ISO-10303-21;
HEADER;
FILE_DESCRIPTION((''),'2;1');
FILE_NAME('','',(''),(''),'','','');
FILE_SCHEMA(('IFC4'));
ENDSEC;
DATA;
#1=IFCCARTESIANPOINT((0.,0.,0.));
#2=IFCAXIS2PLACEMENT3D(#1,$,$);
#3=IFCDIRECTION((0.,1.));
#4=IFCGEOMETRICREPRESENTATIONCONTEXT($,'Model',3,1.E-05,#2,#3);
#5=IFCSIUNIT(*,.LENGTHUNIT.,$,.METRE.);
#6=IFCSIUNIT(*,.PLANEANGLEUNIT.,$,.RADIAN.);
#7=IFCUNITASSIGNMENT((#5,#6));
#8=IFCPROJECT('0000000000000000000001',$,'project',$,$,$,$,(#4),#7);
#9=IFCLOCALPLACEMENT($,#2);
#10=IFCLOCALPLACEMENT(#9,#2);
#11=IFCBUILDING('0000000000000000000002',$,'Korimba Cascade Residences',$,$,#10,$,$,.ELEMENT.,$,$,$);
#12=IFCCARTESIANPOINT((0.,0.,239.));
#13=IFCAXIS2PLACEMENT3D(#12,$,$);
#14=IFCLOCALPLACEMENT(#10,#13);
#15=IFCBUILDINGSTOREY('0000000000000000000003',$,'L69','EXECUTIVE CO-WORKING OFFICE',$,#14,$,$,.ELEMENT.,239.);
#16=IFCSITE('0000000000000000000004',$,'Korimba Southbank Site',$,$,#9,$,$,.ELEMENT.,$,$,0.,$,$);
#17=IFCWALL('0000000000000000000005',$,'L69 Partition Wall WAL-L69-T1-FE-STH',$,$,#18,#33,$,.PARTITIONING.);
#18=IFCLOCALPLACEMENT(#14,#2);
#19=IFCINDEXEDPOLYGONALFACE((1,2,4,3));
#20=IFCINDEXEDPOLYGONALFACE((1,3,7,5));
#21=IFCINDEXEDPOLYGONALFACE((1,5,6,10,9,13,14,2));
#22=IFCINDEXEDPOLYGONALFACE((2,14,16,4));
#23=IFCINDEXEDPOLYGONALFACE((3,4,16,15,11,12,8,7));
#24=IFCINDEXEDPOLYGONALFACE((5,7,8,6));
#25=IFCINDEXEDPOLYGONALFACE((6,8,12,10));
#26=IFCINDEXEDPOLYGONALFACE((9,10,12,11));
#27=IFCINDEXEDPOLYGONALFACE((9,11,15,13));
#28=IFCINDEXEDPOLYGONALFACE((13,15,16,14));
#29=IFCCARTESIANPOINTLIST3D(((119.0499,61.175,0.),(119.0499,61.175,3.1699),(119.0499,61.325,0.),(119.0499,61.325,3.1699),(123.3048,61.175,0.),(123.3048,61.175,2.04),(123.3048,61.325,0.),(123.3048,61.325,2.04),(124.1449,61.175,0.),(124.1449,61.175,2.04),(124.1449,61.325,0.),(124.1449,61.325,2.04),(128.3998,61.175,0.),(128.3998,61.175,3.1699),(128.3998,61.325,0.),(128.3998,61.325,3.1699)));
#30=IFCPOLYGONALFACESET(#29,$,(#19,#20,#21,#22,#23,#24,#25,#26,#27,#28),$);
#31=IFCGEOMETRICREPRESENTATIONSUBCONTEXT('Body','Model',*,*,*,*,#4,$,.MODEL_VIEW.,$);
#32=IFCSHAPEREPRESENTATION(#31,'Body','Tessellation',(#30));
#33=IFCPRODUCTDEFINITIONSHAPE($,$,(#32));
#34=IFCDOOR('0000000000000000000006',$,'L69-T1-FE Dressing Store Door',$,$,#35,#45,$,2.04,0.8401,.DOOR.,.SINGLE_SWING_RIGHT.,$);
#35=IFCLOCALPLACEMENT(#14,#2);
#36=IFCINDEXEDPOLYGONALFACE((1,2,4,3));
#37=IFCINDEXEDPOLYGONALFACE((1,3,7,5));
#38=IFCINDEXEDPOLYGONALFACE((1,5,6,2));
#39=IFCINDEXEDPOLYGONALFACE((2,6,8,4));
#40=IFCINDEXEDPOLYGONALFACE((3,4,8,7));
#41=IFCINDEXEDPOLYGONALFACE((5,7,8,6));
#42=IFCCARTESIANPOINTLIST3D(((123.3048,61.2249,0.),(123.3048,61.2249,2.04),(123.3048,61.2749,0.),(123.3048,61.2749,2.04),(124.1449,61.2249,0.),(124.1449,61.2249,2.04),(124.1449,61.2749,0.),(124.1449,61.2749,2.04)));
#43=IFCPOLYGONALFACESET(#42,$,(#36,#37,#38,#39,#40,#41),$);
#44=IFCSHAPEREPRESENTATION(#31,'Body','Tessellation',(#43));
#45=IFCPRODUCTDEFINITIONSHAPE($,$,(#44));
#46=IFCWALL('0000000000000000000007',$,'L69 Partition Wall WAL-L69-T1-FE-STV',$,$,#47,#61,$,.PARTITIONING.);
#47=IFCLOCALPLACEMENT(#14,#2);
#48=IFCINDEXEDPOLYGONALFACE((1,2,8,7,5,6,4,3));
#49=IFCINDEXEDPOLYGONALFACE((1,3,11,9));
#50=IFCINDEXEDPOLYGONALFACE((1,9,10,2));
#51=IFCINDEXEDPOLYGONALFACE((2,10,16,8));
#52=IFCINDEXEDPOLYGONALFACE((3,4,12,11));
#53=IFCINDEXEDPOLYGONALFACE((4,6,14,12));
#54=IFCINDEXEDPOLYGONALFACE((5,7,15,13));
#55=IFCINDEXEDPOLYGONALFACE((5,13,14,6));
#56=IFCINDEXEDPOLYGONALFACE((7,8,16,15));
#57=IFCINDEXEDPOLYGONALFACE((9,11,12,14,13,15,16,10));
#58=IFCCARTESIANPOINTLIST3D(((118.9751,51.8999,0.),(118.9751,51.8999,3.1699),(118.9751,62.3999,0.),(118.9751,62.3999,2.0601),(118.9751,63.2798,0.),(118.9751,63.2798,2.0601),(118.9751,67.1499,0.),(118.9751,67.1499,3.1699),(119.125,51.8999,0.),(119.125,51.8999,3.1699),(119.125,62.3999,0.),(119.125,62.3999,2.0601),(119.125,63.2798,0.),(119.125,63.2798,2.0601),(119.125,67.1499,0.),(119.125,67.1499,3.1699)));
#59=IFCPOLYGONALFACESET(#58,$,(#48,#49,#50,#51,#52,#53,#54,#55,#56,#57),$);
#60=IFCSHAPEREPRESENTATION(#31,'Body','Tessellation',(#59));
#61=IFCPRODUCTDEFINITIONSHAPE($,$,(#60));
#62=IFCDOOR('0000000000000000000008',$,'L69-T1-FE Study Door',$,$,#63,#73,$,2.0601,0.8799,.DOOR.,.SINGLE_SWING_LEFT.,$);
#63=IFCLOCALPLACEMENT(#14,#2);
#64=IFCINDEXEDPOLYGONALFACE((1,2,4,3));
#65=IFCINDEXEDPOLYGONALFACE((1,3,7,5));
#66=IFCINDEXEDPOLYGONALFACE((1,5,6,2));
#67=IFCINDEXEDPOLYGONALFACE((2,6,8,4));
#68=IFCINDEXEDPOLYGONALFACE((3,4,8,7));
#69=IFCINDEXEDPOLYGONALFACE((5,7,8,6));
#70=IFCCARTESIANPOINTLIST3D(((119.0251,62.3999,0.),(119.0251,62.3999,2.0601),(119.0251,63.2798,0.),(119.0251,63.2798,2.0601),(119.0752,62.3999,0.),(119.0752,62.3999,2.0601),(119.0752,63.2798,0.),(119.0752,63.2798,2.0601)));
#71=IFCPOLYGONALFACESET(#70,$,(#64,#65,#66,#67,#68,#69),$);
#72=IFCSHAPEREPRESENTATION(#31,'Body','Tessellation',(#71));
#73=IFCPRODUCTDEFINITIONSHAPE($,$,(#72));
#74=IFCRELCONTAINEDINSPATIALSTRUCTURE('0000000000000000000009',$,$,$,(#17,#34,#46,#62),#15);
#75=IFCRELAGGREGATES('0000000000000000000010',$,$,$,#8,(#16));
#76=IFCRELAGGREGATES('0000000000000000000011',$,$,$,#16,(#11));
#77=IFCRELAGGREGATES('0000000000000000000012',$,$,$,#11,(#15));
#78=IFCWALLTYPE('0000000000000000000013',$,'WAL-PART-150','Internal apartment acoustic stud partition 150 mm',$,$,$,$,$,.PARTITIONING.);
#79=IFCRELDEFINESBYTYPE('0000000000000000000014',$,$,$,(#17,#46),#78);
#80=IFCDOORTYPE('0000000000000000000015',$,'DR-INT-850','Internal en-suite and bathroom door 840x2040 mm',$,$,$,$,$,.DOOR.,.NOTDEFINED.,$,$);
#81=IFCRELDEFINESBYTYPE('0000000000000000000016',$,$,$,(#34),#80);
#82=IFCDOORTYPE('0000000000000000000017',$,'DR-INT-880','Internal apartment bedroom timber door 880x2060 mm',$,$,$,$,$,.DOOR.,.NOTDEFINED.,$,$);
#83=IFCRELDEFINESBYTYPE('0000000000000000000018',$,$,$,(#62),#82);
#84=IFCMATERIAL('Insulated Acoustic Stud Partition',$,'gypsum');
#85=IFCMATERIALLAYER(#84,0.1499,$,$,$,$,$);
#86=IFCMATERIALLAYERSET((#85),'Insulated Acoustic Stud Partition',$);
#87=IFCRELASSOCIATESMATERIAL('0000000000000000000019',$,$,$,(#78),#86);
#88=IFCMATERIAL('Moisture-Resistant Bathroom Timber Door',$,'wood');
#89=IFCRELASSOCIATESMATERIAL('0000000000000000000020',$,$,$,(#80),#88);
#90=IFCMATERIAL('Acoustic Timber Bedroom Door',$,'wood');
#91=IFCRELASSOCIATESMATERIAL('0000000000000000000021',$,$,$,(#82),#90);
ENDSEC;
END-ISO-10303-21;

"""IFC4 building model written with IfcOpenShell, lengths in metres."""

from ifc_helpers import new_model, si_unit, direction, frame, frame_2d, origin, place, context, subcontext, project, spatial, rectangle, extrude, material, layer, layer_set, type_object, element, fill, save


model = new_model("IFC4")

# Units and contexts
model_context = context("Model", 3, precision=1e-05, world=origin(), true_north=direction((0.0, 1.0)))
body_context = subcontext(model_context, "Body", "Model", "MODEL_VIEW")
ifc_project = project(units=[si_unit("LENGTHUNIT", "METRE"), si_unit("PLANEANGLEUNIT", "RADIAN")], contexts=[model_context])

# Site, building, storey
site_placement = place(None, origin())
site = spatial("IfcSite", under=ifc_project, at=site_placement, Name="Korimba Southbank Site", CompositionType="ELEMENT", RefElevation=0.0)
building_placement = place(site_placement, origin())
building = spatial("IfcBuilding", under=site, at=building_placement, Name="Korimba Cascade Residences", CompositionType="ELEMENT")
storey_placement = place(building_placement, frame((0.0, 0.0, 239.0)))
storey = spatial("IfcBuildingStorey", under=building, at=storey_placement, Name="L69", Description="EXECUTIVE CO-WORKING OFFICE", CompositionType="ELEMENT", Elevation=239.0)

# Walls, openings, doors
ifc_material_1 = material(Name="Insulated Acoustic Stud Partition", Category="gypsum")
ifc_layer_1 = layer(ifc_material_1, 0.1499)
ifc_layer_set_1 = layer_set([ifc_layer_1], Name="Insulated Acoustic Stud Partition")
wall_type_1 = type_object("IfcWallType", Name="WAL-PART-150", Description="Internal apartment acoustic stud partition 150 mm", PredefinedType="PARTITIONING", material=ifc_layer_set_1)
wall_1_placement = place(storey_placement, frame((119.05, 61.25, 0.0), z_axis=(0.0, 0.0, 1.0), x_axis=(1.0, 0.0, 0.0)))
wall_1 = element("IfcWall", 1, at=wall_1_placement, inside=storey, type_object=wall_type_1, Name="L69 Partition Wall WAL-L69-T1-FE-STH", PredefinedType="PARTITIONING", context=body_context, shape_type="SweptSolid", body=[
    extrude(rectangle(XDim=9.3499, YDim=0.1499, at=frame_2d((4.6748, 0.0))), origin(), (0.0, 0.0, 1.0), 3.1699),
])
opening_1_placement = place(wall_1_placement, frame((4.2549, 0.0, 0.0)))
opening_1 = element("IfcOpeningElement", 2, at=opening_1_placement, cuts=wall_1, PredefinedType="OPENING", context=body_context, shape_type="SweptSolid", body=[
    extrude(rectangle(XDim=0.8401, YDim=2.04, at=frame_2d((0.4199, 1.02))), frame((0.0, 0.085, 0.0), z_axis=(0.0, -1.0, 0.0), x_axis=(1.0, 0.0, 0.0)), (0.0, 0.0, 1.0), 0.1699),
])
ifc_material_2 = material(Name="Moisture-Resistant Bathroom Timber Door", Category="wood")
door_type_1 = type_object("IfcDoorType", Name="DR-INT-850", Description="Internal en-suite and bathroom door 840x2040 mm", OperationType="NOTDEFINED", PredefinedType="DOOR", material=ifc_material_2)
door_1_placement = place(opening_1_placement, origin())
door_1 = element("IfcDoor", 3, at=door_1_placement, inside=storey, type_object=door_type_1, Name="L69-T1-FE Dressing Store Door", OperationType="SINGLE_SWING_RIGHT", OverallHeight=2.04, OverallWidth=0.8401, PredefinedType="DOOR", context=body_context, shape_type="SweptSolid", body=[
    extrude(rectangle(XDim=0.8401, YDim=2.04, at=frame_2d((0.4199, 1.02))), frame((0.0, 0.0249, 0.0), z_axis=(0.0, -1.0, 0.0), x_axis=(1.0, 0.0, 0.0)), (0.0, 0.0, 1.0), 0.05),
])
fill(opening_1, door_1)
wall_2_placement = place(storey_placement, frame((119.05, 51.8999, 0.0), z_axis=(0.0, 0.0, 1.0), x_axis=(0.0, 1.0, 0.0)))
wall_2 = element("IfcWall", 4, at=wall_2_placement, inside=storey, type_object=wall_type_1, Name="L69 Partition Wall WAL-L69-T1-FE-STV", PredefinedType="PARTITIONING", context=body_context, shape_type="SweptSolid", body=[
    extrude(rectangle(XDim=15.25, YDim=0.1499, at=frame_2d((7.625, 0.0))), origin(), (0.0, 0.0, 1.0), 3.1699),
])
opening_2_placement = place(wall_2_placement, frame((10.5, 0.0, 0.0)))
opening_2 = element("IfcOpeningElement", 5, at=opening_2_placement, cuts=wall_2, PredefinedType="OPENING", context=body_context, shape_type="SweptSolid", body=[
    extrude(rectangle(XDim=0.8799, YDim=2.0601, at=frame_2d((0.4399, 1.03))), frame((0.0, 0.085, 0.0), z_axis=(0.0, -1.0, 0.0), x_axis=(1.0, 0.0, 0.0)), (0.0, 0.0, 1.0), 0.1699),
])
ifc_material_3 = material(Name="Acoustic Timber Bedroom Door", Category="wood")
door_type_2 = type_object("IfcDoorType", Name="DR-INT-880", Description="Internal apartment bedroom timber door 880x2060 mm", OperationType="NOTDEFINED", PredefinedType="DOOR", material=ifc_material_3)
door_2_placement = place(opening_2_placement, origin())
door_2 = element("IfcDoor", 6, at=door_2_placement, inside=storey, type_object=door_type_2, Name="L69-T1-FE Study Door", OperationType="SINGLE_SWING_LEFT", OverallHeight=2.0601, OverallWidth=0.8799, PredefinedType="DOOR", context=body_context, shape_type="SweptSolid", body=[
    extrude(rectangle(XDim=0.8799, YDim=2.0601, at=frame_2d((0.4399, 1.03))), frame((0.0, 0.0249, 0.0), z_axis=(0.0, -1.0, 0.0), x_axis=(1.0, 0.0, 0.0)), (0.0, 0.0, 1.0), 0.05),
])
fill(opening_2, door_2)

save(model, "model.ifc")
